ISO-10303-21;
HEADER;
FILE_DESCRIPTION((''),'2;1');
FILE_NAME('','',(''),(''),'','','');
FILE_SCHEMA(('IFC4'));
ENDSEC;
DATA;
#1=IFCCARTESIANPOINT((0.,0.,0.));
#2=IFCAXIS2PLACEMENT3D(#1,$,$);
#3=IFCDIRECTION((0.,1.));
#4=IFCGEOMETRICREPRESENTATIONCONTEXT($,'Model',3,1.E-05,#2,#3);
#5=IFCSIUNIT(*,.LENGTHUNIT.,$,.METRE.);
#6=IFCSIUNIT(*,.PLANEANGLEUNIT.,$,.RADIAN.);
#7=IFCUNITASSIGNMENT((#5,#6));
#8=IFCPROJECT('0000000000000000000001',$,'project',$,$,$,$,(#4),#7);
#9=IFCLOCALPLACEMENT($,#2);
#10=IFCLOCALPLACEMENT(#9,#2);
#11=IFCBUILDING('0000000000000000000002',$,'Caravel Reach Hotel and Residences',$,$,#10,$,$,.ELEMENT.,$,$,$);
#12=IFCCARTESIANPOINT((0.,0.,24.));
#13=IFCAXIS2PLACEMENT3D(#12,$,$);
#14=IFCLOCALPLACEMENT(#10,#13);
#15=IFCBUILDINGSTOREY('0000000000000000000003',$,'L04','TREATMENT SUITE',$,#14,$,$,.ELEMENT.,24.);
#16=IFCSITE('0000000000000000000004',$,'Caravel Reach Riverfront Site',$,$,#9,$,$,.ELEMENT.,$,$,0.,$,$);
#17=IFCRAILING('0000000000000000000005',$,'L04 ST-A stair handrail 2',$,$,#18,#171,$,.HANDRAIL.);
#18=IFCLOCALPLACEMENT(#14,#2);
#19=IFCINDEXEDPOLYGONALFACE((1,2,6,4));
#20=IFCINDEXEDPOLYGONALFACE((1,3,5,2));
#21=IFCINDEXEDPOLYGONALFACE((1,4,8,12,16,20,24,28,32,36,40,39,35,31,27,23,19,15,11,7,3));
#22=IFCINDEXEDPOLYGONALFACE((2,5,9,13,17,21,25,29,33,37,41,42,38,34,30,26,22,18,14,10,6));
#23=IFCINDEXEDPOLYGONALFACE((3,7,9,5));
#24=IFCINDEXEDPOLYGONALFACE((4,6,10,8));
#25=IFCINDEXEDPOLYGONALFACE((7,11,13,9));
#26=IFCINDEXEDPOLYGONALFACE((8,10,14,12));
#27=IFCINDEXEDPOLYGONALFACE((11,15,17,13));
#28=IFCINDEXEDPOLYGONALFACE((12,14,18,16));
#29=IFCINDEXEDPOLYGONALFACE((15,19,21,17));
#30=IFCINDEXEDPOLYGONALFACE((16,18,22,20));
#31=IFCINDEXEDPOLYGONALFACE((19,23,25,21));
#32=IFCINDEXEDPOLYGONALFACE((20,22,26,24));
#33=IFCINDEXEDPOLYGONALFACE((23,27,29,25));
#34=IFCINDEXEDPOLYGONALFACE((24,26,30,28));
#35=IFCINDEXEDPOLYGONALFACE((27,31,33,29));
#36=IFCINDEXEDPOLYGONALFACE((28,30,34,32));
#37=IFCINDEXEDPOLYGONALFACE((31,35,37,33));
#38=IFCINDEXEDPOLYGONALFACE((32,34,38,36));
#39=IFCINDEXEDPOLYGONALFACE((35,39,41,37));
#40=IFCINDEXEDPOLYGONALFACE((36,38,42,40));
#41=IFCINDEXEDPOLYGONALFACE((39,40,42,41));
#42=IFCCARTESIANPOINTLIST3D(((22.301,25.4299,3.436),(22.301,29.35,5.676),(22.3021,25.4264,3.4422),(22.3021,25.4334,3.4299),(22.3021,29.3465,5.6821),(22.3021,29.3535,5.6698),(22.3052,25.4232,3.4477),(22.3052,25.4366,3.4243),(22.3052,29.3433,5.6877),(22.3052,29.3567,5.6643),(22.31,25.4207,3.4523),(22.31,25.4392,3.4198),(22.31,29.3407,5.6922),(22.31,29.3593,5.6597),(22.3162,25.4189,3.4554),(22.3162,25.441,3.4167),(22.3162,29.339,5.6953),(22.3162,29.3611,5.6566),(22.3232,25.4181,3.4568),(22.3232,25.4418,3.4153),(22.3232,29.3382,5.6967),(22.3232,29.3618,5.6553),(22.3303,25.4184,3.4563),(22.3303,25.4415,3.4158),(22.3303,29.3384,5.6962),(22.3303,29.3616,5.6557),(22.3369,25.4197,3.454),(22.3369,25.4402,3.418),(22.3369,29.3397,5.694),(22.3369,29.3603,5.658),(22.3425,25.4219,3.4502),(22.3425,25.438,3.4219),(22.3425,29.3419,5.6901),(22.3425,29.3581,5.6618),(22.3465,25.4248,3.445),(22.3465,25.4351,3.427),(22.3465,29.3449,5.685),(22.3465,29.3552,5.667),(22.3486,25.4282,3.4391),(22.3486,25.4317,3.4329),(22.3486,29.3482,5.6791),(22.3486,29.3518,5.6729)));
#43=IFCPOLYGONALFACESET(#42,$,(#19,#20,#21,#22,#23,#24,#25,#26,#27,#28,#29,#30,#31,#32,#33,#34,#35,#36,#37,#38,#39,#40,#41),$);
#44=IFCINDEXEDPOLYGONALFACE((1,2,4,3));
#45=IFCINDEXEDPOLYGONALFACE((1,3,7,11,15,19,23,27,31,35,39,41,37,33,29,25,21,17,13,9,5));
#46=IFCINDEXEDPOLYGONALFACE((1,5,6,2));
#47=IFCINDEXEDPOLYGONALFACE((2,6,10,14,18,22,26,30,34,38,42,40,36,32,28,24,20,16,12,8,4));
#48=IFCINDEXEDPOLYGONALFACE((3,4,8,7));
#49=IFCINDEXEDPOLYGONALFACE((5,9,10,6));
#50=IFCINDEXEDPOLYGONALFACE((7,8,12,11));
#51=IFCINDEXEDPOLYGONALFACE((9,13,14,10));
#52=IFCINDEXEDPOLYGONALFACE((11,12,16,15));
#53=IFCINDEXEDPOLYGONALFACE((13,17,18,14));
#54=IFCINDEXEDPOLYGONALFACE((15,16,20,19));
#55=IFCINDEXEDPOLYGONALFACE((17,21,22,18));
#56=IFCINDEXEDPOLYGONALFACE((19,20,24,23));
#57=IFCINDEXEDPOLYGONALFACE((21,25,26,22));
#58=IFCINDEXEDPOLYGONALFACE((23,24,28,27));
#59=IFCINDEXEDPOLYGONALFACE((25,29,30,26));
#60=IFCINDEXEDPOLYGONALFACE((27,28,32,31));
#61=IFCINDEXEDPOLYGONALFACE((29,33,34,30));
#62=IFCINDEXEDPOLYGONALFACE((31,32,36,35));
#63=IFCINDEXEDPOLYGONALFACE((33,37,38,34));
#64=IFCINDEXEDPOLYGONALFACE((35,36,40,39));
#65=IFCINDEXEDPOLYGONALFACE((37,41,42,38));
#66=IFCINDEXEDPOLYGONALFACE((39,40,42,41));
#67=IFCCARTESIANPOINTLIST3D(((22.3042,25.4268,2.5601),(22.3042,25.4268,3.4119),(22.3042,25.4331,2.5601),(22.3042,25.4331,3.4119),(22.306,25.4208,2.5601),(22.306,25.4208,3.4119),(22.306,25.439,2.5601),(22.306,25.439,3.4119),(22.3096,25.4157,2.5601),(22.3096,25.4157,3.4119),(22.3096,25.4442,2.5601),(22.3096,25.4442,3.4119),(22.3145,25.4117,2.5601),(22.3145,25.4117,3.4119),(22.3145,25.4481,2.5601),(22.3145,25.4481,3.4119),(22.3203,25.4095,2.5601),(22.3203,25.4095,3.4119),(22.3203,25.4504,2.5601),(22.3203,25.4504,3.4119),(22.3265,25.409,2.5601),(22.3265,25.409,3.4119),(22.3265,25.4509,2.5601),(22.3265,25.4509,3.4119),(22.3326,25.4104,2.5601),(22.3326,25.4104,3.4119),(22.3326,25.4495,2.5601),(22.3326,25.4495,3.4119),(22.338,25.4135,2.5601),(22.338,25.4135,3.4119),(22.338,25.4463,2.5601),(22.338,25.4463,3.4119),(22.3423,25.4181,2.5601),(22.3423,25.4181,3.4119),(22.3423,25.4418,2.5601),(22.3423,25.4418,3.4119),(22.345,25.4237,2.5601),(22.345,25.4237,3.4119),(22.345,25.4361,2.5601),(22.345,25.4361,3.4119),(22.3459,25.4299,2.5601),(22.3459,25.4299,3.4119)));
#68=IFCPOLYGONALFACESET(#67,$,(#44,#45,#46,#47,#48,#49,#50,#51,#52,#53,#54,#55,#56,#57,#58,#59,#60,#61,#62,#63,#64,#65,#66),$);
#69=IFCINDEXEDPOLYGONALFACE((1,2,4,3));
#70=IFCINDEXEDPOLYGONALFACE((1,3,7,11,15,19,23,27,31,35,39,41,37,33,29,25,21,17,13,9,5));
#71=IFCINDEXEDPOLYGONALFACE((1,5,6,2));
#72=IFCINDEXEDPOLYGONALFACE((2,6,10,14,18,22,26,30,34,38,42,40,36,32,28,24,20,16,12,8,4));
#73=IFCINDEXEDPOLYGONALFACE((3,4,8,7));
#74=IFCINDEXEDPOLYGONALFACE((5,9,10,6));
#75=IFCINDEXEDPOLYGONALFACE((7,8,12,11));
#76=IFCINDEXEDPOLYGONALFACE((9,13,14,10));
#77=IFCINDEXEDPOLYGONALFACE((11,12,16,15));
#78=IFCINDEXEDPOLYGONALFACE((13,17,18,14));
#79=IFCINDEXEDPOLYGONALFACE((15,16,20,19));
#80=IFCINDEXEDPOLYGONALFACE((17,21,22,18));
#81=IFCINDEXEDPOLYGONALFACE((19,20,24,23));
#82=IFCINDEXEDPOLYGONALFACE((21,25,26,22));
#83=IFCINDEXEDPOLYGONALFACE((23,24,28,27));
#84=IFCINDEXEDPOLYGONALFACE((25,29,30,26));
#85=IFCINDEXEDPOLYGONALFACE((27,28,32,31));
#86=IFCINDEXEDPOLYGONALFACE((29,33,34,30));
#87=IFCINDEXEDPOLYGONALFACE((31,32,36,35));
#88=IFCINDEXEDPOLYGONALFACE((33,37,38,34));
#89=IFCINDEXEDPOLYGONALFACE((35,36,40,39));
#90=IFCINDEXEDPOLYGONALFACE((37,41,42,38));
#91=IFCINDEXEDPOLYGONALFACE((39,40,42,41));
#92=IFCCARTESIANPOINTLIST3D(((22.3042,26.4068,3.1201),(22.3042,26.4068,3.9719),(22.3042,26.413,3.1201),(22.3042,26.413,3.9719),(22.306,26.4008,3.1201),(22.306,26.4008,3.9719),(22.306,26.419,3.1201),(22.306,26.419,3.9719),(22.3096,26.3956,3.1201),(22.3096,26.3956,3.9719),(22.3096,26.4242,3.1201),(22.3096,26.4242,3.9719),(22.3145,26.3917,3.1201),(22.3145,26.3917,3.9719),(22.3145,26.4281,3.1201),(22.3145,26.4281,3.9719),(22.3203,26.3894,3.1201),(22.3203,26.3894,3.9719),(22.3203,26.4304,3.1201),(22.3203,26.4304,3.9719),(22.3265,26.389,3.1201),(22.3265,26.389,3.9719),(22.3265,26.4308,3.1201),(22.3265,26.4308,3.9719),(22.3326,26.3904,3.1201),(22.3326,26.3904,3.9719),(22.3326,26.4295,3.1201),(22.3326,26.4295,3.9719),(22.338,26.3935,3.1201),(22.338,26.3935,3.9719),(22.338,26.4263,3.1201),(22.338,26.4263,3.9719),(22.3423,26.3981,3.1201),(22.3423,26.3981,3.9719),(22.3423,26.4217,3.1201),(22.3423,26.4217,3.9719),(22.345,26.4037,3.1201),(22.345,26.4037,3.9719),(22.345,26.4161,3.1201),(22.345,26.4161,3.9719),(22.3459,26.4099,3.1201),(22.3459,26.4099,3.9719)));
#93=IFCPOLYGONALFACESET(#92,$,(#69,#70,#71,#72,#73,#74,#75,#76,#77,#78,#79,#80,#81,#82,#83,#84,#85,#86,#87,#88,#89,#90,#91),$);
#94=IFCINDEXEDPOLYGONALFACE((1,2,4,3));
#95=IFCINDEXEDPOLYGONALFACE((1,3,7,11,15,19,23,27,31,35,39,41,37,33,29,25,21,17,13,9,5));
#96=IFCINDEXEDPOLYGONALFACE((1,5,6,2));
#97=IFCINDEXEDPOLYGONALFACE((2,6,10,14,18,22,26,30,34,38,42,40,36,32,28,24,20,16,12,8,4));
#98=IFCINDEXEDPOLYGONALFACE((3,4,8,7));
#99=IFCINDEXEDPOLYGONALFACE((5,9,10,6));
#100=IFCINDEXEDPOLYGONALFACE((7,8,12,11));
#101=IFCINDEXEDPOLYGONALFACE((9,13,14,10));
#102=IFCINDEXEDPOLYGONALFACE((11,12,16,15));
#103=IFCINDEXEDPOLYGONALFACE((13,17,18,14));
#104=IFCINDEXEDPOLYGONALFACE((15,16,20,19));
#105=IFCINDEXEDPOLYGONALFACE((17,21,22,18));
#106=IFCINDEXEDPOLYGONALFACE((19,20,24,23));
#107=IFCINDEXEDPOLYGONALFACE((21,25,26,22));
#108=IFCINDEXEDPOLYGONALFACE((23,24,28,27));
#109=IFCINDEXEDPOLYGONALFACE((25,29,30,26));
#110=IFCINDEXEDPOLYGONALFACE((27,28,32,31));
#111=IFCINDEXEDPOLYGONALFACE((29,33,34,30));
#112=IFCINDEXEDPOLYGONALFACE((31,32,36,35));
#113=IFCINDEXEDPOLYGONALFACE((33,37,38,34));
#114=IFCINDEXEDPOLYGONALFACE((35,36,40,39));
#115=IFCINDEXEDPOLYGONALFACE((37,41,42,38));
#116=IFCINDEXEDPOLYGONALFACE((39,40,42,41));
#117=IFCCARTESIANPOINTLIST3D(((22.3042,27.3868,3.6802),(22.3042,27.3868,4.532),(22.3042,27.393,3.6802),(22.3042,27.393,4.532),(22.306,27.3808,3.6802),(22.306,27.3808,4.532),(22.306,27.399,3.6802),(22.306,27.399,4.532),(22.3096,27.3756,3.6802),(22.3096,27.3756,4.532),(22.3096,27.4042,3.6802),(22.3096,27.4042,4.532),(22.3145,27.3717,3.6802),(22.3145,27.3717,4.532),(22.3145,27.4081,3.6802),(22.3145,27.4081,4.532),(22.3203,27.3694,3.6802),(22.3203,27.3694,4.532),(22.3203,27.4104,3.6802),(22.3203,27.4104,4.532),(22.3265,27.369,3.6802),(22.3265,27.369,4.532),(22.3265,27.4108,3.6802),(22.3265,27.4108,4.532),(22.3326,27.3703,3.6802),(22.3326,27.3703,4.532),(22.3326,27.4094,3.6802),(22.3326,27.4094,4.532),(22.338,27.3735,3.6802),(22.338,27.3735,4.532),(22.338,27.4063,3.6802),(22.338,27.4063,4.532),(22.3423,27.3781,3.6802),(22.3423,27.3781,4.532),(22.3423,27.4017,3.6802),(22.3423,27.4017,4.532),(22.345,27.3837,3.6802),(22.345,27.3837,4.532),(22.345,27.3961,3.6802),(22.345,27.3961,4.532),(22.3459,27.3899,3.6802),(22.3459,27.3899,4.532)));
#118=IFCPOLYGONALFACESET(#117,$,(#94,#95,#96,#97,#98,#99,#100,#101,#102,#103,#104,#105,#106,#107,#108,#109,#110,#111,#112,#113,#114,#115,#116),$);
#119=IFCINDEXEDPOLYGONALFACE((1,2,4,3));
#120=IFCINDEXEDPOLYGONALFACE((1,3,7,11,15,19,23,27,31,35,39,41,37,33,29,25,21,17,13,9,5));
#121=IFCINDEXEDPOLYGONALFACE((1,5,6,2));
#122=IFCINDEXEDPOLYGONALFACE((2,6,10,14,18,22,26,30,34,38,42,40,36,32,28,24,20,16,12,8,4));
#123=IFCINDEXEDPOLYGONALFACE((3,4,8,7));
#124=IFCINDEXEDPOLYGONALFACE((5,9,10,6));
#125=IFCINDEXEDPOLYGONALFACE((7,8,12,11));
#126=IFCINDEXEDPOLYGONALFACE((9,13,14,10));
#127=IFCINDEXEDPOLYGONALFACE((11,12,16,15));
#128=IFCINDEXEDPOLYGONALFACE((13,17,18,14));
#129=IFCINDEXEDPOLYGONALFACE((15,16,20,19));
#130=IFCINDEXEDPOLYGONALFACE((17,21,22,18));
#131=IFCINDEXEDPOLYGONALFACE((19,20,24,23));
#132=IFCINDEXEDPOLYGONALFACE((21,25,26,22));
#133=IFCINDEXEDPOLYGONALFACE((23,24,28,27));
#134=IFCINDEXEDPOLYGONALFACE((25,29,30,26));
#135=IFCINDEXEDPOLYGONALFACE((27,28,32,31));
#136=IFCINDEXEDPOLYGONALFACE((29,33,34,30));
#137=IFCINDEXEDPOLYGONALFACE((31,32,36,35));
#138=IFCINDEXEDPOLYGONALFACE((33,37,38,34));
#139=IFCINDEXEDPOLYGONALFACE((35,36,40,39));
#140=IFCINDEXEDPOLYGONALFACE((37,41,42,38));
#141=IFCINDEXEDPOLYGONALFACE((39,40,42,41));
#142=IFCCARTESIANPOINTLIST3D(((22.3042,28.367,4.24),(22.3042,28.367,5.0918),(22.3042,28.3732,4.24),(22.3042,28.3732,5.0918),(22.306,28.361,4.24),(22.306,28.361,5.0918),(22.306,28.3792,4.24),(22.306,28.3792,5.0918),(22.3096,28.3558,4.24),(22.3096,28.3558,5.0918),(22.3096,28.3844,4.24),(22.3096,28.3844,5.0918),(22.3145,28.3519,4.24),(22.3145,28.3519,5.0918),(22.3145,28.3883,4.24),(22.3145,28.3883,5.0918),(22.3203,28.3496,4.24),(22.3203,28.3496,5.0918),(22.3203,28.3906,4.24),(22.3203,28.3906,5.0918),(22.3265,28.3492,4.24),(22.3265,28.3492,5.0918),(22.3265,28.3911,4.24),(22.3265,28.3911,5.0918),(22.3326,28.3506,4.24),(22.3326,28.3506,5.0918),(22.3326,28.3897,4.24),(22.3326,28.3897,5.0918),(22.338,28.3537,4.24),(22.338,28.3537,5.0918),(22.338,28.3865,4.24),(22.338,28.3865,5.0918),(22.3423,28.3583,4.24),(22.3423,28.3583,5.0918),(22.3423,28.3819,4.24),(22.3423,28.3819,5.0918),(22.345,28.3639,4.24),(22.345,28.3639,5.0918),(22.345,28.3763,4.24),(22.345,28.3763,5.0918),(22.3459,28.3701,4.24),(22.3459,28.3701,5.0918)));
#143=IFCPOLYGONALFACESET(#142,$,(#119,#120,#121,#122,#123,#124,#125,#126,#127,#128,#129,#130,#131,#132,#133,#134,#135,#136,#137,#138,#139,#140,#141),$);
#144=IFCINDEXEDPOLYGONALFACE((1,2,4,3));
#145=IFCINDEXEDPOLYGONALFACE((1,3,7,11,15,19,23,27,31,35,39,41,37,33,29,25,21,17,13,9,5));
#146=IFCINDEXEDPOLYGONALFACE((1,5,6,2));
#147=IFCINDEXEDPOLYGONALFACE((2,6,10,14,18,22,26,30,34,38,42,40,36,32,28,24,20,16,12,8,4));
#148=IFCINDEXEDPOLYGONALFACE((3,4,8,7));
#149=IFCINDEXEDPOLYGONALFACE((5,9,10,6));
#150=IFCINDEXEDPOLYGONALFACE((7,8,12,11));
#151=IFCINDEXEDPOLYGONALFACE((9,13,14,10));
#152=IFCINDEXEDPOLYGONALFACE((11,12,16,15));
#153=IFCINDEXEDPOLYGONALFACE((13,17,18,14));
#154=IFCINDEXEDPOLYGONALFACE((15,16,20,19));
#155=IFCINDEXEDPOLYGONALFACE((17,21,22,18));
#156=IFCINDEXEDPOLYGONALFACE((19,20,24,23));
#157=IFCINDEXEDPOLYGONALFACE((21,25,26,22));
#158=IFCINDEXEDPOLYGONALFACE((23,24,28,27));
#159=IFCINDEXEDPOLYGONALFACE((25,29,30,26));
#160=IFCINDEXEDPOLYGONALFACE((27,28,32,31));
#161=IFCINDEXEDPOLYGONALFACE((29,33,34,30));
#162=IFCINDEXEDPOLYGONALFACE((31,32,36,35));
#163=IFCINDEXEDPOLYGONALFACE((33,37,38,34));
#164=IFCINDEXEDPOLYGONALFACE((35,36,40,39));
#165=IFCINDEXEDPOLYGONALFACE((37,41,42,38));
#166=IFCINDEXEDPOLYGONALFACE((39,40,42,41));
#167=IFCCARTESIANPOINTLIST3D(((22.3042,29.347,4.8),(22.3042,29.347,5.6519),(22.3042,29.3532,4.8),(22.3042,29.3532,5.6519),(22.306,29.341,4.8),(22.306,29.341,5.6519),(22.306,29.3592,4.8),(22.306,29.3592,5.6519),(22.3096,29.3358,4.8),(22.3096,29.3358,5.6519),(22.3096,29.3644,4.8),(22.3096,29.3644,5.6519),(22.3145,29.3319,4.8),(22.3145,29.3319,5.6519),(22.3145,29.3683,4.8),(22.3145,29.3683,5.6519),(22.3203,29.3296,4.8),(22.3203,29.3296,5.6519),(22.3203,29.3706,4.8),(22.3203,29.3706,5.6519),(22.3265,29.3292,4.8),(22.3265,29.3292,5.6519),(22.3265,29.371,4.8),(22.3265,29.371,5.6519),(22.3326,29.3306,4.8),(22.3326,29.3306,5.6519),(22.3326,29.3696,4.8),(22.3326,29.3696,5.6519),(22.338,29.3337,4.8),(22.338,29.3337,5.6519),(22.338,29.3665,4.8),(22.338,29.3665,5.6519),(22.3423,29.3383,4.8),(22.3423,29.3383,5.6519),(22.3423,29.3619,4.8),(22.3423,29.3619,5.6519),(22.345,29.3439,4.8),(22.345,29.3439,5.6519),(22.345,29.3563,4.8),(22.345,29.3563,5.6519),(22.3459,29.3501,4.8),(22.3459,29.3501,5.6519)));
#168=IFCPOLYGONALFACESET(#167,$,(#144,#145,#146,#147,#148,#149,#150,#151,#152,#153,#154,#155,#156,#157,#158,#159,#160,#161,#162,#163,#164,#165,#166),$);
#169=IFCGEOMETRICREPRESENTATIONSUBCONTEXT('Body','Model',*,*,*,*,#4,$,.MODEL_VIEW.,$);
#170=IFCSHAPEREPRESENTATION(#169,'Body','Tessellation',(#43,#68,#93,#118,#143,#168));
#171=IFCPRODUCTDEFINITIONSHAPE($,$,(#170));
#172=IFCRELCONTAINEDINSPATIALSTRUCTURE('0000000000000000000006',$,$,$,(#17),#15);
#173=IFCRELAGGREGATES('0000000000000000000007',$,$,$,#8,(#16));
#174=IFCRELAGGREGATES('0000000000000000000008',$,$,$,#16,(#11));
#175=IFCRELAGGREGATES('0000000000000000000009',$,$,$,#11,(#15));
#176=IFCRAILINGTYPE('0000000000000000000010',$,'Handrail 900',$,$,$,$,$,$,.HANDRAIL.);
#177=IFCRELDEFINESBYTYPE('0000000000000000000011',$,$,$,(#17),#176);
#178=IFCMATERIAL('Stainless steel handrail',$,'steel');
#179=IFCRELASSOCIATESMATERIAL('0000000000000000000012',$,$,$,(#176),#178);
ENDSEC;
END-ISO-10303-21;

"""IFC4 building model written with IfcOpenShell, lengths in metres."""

from ifc_helpers import new_model, si_unit, direction, frame, origin, origin_2d, place, context, subcontext, project, spatial, circle, extrude, material, type_object, element, save


model = new_model("IFC4")

# Units and contexts
model_context = context("Model", 3, precision=1e-05, world=origin(), true_north=direction((0.0, 1.0)))
body_context = subcontext(model_context, "Body", "Model", "MODEL_VIEW")
ifc_project = project(units=[si_unit("LENGTHUNIT", "METRE"), si_unit("PLANEANGLEUNIT", "RADIAN")], contexts=[model_context])

# Site, building, storey
site_placement = place(None, origin())
site = spatial("IfcSite", under=ifc_project, at=site_placement, Name="Caravel Reach Riverfront Site", CompositionType="ELEMENT", RefElevation=0.0)
building_placement = place(site_placement, origin())
building = spatial("IfcBuilding", under=site, at=building_placement, Name="Caravel Reach Hotel and Residences", CompositionType="ELEMENT")
storey_placement = place(building_placement, frame((0.0, 0.0, 24.0)))
storey = spatial("IfcBuildingStorey", under=building, at=storey_placement, Name="L04", Description="TREATMENT SUITE", CompositionType="ELEMENT", Elevation=24.0)

# Railing
ifc_material_1 = material(Name="Stainless steel handrail", Category="steel")
railing_type_1 = type_object("IfcRailingType", Name="Handrail 900", PredefinedType="HANDRAIL", material=ifc_material_1)
railing_1_placement = place(storey_placement, frame((22.325, 25.4299, 2.5601)))
element("IfcRailing", 1, at=railing_1_placement, inside=storey, type_object=railing_type_1, Name="L04 ST-A stair handrail 2", PredefinedType="HANDRAIL", context=body_context, shape_type="SweptSolid", body=[
    extrude(circle(Radius=0.0239, at=origin_2d()), frame((0.0, 0.0, 0.876), z_axis=(0.0, 0.868253, 0.496121), x_axis=(-1.0, 0.0, 0.0)), (0.0, 0.0, 1.0), 4.5149),
    extrude(circle(Radius=0.021, at=origin_2d()), origin(), (0.0, 0.0, 1.0), 0.8518),
    extrude(circle(Radius=0.021, at=origin_2d()), frame((0.0, 0.98, 0.5601)), (0.0, 0.0, 1.0), 0.8518),
    extrude(circle(Radius=0.021, at=origin_2d()), frame((0.0, 1.96, 1.1201)), (0.0, 0.0, 1.0), 0.8518),
    extrude(circle(Radius=0.021, at=origin_2d()), frame((0.0, 2.9402, 1.6799)), (0.0, 0.0, 1.0), 0.8518),
    extrude(circle(Radius=0.021, at=origin_2d()), frame((0.0, 3.9202, 2.24)), (0.0, 0.0, 1.0), 0.8518),
])

save(model, "model.ifc")
